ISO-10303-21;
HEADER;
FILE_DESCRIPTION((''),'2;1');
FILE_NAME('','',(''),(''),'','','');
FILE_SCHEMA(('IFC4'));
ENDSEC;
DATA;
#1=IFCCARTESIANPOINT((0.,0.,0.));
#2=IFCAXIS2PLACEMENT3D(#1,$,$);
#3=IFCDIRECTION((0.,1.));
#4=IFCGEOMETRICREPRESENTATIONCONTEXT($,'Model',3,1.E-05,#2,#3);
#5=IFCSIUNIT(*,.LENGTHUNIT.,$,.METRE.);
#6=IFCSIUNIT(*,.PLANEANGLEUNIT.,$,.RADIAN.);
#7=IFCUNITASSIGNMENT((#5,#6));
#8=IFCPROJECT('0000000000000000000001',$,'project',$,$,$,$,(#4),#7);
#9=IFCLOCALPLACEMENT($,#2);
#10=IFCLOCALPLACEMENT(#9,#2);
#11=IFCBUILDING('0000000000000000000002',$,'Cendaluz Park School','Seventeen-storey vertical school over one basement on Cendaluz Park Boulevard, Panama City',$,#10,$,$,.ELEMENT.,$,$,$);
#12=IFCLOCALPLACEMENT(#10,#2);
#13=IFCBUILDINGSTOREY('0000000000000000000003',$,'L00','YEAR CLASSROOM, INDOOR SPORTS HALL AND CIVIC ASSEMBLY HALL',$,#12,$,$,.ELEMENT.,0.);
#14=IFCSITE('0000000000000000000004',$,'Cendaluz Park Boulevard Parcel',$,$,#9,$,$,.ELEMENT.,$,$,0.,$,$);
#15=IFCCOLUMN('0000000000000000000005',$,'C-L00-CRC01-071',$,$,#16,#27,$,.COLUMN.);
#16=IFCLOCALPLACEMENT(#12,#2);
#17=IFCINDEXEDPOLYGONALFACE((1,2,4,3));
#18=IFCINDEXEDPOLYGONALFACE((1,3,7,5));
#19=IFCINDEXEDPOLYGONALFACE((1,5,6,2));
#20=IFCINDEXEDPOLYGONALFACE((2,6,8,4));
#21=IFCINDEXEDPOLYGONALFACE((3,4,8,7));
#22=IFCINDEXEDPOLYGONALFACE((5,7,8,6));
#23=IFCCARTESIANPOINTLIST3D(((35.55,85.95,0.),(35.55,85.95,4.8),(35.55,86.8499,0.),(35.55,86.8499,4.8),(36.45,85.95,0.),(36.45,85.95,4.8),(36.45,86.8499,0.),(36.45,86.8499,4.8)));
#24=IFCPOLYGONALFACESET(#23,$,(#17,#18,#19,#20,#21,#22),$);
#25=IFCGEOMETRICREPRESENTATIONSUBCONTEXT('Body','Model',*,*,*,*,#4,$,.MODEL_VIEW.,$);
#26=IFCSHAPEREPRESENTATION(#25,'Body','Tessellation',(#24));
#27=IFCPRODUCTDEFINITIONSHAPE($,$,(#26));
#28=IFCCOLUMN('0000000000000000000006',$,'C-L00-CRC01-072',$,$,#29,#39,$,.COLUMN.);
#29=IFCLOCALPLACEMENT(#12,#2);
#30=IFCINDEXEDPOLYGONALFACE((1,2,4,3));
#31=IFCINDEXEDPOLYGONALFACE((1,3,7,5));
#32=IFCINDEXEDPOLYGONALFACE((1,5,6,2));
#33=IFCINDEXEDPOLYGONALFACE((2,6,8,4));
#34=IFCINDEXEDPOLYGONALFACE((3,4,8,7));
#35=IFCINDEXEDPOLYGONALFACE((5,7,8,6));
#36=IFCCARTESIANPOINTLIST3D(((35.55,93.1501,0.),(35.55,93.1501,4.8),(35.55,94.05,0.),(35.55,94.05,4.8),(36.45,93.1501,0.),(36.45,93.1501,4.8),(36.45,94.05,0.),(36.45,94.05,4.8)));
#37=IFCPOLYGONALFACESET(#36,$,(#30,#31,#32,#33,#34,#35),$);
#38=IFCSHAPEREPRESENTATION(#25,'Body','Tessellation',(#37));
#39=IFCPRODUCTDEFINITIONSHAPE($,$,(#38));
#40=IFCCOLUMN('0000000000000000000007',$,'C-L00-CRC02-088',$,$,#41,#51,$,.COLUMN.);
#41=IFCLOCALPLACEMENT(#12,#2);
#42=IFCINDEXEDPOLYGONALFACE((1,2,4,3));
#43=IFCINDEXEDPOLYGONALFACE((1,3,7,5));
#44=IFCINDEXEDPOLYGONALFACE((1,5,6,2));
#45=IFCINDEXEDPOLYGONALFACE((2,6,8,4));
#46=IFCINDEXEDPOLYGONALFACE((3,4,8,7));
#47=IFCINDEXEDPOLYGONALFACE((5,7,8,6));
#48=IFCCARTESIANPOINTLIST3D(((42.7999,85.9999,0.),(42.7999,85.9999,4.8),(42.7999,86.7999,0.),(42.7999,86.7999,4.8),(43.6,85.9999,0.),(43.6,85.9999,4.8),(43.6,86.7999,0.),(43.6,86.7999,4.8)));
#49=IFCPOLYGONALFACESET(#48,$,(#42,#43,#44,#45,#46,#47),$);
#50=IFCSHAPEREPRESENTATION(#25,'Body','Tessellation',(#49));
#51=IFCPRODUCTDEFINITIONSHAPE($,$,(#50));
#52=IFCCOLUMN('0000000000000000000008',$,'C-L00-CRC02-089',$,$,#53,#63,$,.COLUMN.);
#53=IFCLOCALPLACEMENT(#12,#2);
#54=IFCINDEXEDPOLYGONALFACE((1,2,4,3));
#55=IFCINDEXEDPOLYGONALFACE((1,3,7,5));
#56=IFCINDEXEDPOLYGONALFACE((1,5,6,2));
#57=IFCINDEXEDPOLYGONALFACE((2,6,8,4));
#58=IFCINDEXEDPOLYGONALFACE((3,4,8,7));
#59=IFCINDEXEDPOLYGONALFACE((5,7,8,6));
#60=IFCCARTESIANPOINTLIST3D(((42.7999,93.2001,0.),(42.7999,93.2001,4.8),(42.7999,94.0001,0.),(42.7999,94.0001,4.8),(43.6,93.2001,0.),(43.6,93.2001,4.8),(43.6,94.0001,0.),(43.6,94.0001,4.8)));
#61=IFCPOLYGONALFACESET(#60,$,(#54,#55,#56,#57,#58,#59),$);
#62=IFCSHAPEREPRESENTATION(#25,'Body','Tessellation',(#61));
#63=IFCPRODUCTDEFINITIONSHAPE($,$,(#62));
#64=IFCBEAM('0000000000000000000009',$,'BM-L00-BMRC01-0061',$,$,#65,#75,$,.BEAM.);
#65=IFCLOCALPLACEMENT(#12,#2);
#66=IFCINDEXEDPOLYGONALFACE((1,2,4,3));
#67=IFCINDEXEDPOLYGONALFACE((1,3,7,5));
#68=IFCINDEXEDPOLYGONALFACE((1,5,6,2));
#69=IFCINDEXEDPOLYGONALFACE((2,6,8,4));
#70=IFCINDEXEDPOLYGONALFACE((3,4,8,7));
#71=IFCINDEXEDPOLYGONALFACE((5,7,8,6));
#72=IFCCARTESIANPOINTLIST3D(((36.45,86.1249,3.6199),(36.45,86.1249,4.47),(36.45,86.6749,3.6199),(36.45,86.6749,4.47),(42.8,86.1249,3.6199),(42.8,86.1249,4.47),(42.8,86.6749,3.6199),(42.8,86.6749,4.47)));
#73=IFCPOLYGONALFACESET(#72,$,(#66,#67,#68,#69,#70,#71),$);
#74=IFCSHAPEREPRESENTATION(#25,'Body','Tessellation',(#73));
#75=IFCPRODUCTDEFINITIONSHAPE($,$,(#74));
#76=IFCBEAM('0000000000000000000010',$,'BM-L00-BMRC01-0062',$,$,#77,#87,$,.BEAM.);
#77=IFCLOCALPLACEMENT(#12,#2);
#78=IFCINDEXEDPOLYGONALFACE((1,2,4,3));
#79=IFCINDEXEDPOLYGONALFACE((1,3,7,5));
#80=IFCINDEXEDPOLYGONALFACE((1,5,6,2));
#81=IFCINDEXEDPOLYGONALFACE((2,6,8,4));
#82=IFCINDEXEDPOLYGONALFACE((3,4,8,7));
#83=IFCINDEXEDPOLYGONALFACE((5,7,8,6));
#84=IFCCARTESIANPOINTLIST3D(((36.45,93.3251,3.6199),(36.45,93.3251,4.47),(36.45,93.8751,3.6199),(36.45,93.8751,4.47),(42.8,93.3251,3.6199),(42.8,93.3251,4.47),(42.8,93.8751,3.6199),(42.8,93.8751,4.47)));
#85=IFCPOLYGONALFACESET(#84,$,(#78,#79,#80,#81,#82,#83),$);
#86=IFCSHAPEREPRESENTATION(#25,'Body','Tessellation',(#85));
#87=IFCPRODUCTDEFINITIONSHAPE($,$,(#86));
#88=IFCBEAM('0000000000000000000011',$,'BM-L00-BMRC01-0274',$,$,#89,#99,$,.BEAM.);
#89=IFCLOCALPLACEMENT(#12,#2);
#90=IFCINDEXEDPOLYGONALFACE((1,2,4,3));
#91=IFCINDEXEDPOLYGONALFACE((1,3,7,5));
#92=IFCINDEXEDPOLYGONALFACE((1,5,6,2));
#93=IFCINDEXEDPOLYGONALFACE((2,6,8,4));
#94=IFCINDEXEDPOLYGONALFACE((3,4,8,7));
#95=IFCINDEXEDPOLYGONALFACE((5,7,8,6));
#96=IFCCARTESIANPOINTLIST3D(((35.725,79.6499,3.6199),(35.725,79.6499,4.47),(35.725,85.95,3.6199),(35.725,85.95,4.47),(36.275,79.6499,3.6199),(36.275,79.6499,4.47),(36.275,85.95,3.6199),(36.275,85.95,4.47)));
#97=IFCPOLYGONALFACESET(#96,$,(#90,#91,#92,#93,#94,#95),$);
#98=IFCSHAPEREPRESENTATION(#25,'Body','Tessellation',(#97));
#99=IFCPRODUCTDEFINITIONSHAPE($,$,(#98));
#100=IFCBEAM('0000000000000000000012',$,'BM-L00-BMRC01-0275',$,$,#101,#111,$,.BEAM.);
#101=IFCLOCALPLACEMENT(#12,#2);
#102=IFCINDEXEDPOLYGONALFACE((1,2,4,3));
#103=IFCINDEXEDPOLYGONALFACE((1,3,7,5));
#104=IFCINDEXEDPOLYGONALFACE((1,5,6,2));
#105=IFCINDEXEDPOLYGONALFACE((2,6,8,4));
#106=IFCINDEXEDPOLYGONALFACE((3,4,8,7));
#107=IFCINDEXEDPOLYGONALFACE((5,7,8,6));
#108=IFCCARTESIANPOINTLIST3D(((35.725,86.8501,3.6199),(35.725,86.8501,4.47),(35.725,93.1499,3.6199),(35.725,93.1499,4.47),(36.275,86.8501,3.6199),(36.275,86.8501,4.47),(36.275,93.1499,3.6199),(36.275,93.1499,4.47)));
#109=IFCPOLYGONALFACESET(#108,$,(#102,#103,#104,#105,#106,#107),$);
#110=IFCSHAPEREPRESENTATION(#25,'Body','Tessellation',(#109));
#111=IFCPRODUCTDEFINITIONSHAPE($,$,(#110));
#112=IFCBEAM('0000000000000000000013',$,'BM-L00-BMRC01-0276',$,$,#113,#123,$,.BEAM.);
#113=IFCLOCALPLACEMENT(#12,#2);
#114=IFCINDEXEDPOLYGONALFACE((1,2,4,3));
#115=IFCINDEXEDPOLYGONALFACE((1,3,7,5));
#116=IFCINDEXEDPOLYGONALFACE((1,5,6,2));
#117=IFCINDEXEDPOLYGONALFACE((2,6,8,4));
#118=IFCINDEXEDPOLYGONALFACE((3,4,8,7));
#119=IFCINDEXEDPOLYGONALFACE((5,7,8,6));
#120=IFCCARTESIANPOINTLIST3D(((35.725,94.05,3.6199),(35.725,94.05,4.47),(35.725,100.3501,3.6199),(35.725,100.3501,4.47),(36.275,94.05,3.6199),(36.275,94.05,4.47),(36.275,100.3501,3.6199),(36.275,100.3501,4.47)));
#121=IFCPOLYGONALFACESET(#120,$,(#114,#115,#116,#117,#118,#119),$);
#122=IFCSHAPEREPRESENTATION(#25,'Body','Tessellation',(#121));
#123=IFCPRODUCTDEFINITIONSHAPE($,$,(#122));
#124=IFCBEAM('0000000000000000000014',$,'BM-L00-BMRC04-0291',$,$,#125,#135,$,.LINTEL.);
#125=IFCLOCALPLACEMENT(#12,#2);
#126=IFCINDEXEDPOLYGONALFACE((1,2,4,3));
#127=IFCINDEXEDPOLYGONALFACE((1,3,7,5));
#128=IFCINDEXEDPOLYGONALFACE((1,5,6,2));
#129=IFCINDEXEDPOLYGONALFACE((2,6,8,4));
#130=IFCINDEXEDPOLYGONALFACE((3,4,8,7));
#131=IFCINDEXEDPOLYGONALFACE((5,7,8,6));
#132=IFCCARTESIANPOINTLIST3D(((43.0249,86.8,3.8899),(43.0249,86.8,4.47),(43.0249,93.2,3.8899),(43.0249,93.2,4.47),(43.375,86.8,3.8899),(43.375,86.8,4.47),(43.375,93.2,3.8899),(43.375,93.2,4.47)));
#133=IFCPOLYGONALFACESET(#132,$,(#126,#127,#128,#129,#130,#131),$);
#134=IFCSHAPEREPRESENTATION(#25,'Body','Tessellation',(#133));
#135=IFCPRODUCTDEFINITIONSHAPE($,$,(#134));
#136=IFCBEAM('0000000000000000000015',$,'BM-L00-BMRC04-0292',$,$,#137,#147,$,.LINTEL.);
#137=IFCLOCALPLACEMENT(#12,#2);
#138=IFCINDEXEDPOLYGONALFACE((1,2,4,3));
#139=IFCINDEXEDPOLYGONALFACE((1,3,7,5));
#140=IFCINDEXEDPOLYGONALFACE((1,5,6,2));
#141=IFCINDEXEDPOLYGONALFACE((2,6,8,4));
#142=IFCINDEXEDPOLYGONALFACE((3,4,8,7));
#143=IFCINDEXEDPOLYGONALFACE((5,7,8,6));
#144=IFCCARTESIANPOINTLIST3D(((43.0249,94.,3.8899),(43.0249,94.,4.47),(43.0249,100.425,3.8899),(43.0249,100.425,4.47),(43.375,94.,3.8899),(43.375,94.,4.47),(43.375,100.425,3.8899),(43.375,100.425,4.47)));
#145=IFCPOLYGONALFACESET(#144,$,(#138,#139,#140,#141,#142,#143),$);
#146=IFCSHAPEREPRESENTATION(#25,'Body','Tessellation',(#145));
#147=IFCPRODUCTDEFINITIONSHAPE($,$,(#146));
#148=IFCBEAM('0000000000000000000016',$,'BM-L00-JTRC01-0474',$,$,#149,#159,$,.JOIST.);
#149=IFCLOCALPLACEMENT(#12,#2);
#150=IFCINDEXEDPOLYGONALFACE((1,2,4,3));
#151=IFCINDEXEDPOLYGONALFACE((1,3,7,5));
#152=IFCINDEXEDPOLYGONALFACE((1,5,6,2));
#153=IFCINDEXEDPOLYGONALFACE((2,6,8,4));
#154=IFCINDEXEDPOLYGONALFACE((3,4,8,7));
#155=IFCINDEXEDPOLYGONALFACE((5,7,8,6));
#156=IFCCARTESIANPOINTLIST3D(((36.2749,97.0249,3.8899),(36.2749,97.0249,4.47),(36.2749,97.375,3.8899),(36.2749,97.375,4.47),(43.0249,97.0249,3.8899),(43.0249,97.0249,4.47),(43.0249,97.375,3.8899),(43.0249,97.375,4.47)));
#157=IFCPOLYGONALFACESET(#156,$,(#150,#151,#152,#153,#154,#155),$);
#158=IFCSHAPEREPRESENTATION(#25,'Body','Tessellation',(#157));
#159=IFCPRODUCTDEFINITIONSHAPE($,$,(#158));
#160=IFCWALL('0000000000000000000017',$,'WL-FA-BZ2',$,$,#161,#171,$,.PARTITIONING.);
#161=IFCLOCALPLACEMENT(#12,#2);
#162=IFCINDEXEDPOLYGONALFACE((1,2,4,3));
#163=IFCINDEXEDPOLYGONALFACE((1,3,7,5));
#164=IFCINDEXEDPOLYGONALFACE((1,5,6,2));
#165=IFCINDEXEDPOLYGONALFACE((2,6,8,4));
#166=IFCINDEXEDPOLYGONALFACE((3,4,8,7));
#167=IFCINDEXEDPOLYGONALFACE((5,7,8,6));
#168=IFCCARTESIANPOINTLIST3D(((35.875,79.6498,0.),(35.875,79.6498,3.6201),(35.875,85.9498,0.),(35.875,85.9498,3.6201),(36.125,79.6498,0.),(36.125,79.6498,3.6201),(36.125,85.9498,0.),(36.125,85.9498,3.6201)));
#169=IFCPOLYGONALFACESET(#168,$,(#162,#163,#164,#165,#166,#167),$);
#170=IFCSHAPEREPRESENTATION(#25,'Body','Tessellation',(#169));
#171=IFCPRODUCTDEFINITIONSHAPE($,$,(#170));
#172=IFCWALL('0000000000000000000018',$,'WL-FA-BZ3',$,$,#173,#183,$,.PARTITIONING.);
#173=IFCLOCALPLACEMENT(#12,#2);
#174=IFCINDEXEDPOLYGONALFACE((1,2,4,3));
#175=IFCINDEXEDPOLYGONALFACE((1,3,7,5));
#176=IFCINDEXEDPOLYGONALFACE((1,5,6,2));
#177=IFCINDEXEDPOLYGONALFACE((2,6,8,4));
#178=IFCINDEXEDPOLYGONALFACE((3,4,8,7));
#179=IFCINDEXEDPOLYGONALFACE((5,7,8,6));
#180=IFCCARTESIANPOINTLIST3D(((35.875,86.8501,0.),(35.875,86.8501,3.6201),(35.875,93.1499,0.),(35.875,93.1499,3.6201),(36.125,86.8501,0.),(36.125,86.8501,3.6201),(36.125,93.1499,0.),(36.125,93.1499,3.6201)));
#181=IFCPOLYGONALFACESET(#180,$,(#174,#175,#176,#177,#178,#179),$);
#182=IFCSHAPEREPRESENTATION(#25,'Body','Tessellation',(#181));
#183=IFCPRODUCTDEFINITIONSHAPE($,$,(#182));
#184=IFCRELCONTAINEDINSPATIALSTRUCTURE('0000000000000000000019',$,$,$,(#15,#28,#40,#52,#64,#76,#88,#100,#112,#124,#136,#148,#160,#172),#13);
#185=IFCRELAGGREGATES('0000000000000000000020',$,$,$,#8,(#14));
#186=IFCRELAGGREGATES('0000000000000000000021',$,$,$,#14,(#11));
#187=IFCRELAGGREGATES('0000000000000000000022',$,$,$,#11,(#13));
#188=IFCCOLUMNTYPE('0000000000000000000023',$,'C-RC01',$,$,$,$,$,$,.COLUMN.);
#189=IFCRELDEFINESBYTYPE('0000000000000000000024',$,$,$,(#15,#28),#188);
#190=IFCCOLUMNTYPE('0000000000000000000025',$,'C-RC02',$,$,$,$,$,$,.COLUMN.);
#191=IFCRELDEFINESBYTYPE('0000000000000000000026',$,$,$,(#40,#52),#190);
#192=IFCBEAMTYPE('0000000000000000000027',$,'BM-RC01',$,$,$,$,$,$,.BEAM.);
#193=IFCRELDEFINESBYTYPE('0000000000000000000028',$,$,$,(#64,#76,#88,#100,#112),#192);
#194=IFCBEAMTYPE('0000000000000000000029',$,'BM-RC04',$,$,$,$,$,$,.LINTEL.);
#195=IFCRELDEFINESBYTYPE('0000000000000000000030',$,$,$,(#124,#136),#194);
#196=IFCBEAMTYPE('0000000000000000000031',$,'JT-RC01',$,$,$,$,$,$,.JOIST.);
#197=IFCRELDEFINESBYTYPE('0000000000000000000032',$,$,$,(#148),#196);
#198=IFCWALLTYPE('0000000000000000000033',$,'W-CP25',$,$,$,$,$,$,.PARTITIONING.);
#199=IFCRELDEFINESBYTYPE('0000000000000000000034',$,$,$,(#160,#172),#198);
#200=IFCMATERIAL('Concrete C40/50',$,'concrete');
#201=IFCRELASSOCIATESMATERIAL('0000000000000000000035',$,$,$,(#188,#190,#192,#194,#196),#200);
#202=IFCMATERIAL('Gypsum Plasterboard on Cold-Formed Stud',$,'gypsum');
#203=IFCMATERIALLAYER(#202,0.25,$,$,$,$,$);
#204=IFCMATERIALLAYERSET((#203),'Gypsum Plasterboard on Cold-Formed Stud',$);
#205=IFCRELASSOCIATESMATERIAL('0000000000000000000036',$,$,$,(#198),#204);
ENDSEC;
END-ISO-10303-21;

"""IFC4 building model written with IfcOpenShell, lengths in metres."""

from ifc_helpers import new_model, si_unit, direction, frame, frame_2d, origin, origin_2d, place, context, subcontext, project, spatial, rectangle, extrude, material, layer, layer_set, material_profile, profile_set, type_object, element, save


model = new_model("IFC4")

# Units and contexts
model_context = context("Model", 3, precision=1e-05, world=origin(), true_north=direction((0.0, 1.0)))
body_context = subcontext(model_context, "Body", "Model", "MODEL_VIEW")
ifc_project = project(units=[si_unit("LENGTHUNIT", "METRE"), si_unit("PLANEANGLEUNIT", "RADIAN")], contexts=[model_context])

# Site, building, storey
site_placement = place(None, origin())
site = spatial("IfcSite", under=ifc_project, at=site_placement, Name="Cendaluz Park Boulevard Parcel", CompositionType="ELEMENT", RefElevation=0.0)
building_placement = place(site_placement, origin())
building = spatial("IfcBuilding", under=site, at=building_placement, Name="Cendaluz Park School", Description="Seventeen-storey vertical school over one basement on Cendaluz Park Boulevard, Panama City", CompositionType="ELEMENT")
storey_placement = place(building_placement, origin())
storey = spatial("IfcBuildingStorey", under=building, at=storey_placement, Name="L00", Description="YEAR CLASSROOM, INDOOR SPORTS HALL AND CIVIC ASSEMBLY HALL", CompositionType="ELEMENT", Elevation=0.0)

# Columns
ifc_material_1 = material(Name="Concrete C40/50", Category="concrete")
ifc_material_profile_1 = material_profile(ifc_material_1, rectangle(XDim=0.8999, YDim=0.8999, at=origin_2d()), Name="RC 900x900", Category="concrete")
ifc_profile_set_1 = profile_set([ifc_material_profile_1], Name="Concrete C40/50")
column_type_1 = type_object("IfcColumnType", Name="C-RC01", PredefinedType="COLUMN", material=ifc_profile_set_1)
for number, where, z_axis, x_axis, name in (
    (1, (36.0, 86.3999, 0.0), (0.0, 0.0, 1.0), (1.0, 0.0, 0.0), "C-L00-CRC01-071"),
    (2, (36.0, 93.6001, 0.0), (0.0, 0.0, 1.0), (1.0, 0.0, 0.0), "C-L00-CRC01-072"),
):
    element("IfcColumn", number, at=place(storey_placement, frame(where, z_axis=z_axis, x_axis=x_axis)), inside=storey, type_object=column_type_1, Name=name, PredefinedType="COLUMN", context=body_context, shape_type="SweptSolid", body=[
        extrude(rectangle(XDim=0.8999, YDim=0.8999, at=origin_2d()), origin(), (0.0, 0.0, 1.0), 4.8),
    ])
ifc_material_profile_2 = material_profile(ifc_material_1, rectangle(XDim=0.8, YDim=0.8, at=origin_2d()), Name="RC 800x800", Category="concrete")
ifc_profile_set_2 = profile_set([ifc_material_profile_2], Name="Concrete C40/50")
column_type_2 = type_object("IfcColumnType", Name="C-RC02", PredefinedType="COLUMN", material=ifc_profile_set_2)
for number, where, z_axis, x_axis, name in (
    (3, (43.2, 86.3999, 0.0), (0.0, 0.0, 1.0), (1.0, 0.0, 0.0), "C-L00-CRC02-088"),
    (4, (43.2, 93.6001, 0.0), (0.0, 0.0, 1.0), (1.0, 0.0, 0.0), "C-L00-CRC02-089"),
):
    element("IfcColumn", number, at=place(storey_placement, frame(where, z_axis=z_axis, x_axis=x_axis)), inside=storey, type_object=column_type_2, Name=name, PredefinedType="COLUMN", context=body_context, shape_type="SweptSolid", body=[
        extrude(rectangle(XDim=0.8, YDim=0.8, at=origin_2d()), origin(), (0.0, 0.0, 1.0), 4.8),
    ])

# Beams
ifc_material_profile_3 = material_profile(ifc_material_1, rectangle(XDim=0.55, YDim=0.8501, at=origin_2d()), Name="RC 550x850", Category="concrete")
ifc_profile_set_3 = profile_set([ifc_material_profile_3], Name="Concrete C40/50")
beam_type_1 = type_object("IfcBeamType", Name="BM-RC01", PredefinedType="BEAM", material=ifc_profile_set_3)
for number, where, z_axis, x_axis, name in (
    (5, (36.45, 86.3999, 4.0449), (1.0, 0.0, 0.0), (0.0, 1.0, 0.0), "BM-L00-BMRC01-0061"),
    (6, (36.45, 93.6001, 4.0449), (1.0, 0.0, 0.0), (0.0, 1.0, 0.0), "BM-L00-BMRC01-0062"),
):
    element("IfcBeam", number, at=place(storey_placement, frame(where, z_axis=z_axis, x_axis=x_axis)), inside=storey, type_object=beam_type_1, Name=name, PredefinedType="BEAM", context=body_context, shape_type="SweptSolid", body=[
        extrude(rectangle(XDim=0.55, YDim=0.8501, at=origin_2d()), origin(), (0.0, 0.0, 1.0), 6.3501),
    ])
beam_1_placement = place(storey_placement, frame((36.0, 79.6499, 4.0449), z_axis=(0.0, 1.0, 0.0), x_axis=(-1.0, 0.0, 0.0)))
element("IfcBeam", 7, at=beam_1_placement, inside=storey, type_object=beam_type_1, Name="BM-L00-BMRC01-0274", PredefinedType="BEAM", context=body_context, shape_type="SweptSolid", body=[
    extrude(rectangle(XDim=0.55, YDim=0.8501, at=origin_2d()), origin(), (0.0, 0.0, 1.0), 6.3),
])
beam_2_placement = place(storey_placement, frame((36.0, 86.8501, 4.0449), z_axis=(0.0, 1.0, 0.0), x_axis=(-1.0, 0.0, 0.0)))
element("IfcBeam", 8, at=beam_2_placement, inside=storey, type_object=beam_type_1, Name="BM-L00-BMRC01-0275", PredefinedType="BEAM", context=body_context, shape_type="SweptSolid", body=[
    extrude(rectangle(XDim=0.55, YDim=0.8501, at=origin_2d()), origin(), (0.0, 0.0, 1.0), 6.2998),
])
beam_3_placement = place(storey_placement, frame((36.0, 94.05, 4.0449), z_axis=(0.0, 1.0, 0.0), x_axis=(-1.0, 0.0, 0.0)))
element("IfcBeam", 9, at=beam_3_placement, inside=storey, type_object=beam_type_1, Name="BM-L00-BMRC01-0276", PredefinedType="BEAM", context=body_context, shape_type="SweptSolid", body=[
    extrude(rectangle(XDim=0.55, YDim=0.8501, at=origin_2d()), origin(), (0.0, 0.0, 1.0), 6.3),
])
ifc_material_profile_4 = material_profile(ifc_material_1, rectangle(XDim=0.3501, YDim=0.5801, at=origin_2d()), Name="RC 350x580", Category="concrete")
ifc_profile_set_4 = profile_set([ifc_material_profile_4], Name="Concrete C40/50")
beam_type_2 = type_object("IfcBeamType", Name="BM-RC04", PredefinedType="LINTEL", material=ifc_profile_set_4)
beam_4_placement = place(storey_placement, frame((43.2, 86.8, 4.1799), z_axis=(0.0, 1.0, 0.0), x_axis=(-1.0, 0.0, 0.0)))
element("IfcBeam", 10, at=beam_4_placement, inside=storey, type_object=beam_type_2, Name="BM-L00-BMRC04-0291", PredefinedType="LINTEL", context=body_context, shape_type="SweptSolid", body=[
    extrude(rectangle(XDim=0.3501, YDim=0.5801, at=origin_2d()), origin(), (0.0, 0.0, 1.0), 6.3999),
])
beam_5_placement = place(storey_placement, frame((43.2, 94.0, 4.1799), z_axis=(0.0, 1.0, 0.0), x_axis=(-1.0, 0.0, 0.0)))
element("IfcBeam", 11, at=beam_5_placement, inside=storey, type_object=beam_type_2, Name="BM-L00-BMRC04-0292", PredefinedType="LINTEL", context=body_context, shape_type="SweptSolid", body=[
    extrude(rectangle(XDim=0.3501, YDim=0.5801, at=origin_2d()), origin(), (0.0, 0.0, 1.0), 6.425),
])
ifc_material_profile_5 = material_profile(ifc_material_1, rectangle(XDim=0.3501, YDim=0.5801, at=origin_2d()), Name="RC 350x580", Category="concrete")
ifc_profile_set_5 = profile_set([ifc_material_profile_5], Name="Concrete C40/50")
beam_type_3 = type_object("IfcBeamType", Name="JT-RC01", PredefinedType="JOIST", material=ifc_profile_set_5)
beam_6_placement = place(storey_placement, frame((36.2749, 97.2, 4.1799), z_axis=(1.0, 0.0, 0.0), x_axis=(0.0, 1.0, 0.0)))
element("IfcBeam", 12, at=beam_6_placement, inside=storey, type_object=beam_type_3, Name="BM-L00-JTRC01-0474", PredefinedType="JOIST", context=body_context, shape_type="SweptSolid", body=[
    extrude(rectangle(XDim=0.3501, YDim=0.5801, at=origin_2d()), origin(), (0.0, 0.0, 1.0), 6.75),
])

# Walls
ifc_material_2 = material(Name="Gypsum Plasterboard on Cold-Formed Stud", Category="gypsum")
ifc_layer_1 = layer(ifc_material_2, 0.25)
ifc_layer_set_1 = layer_set([ifc_layer_1], Name="Gypsum Plasterboard on Cold-Formed Stud")
wall_type_1 = type_object("IfcWallType", Name="W-CP25", PredefinedType="PARTITIONING", material=ifc_layer_set_1)
wall_1_placement = place(storey_placement, frame((36.0, 79.6499, 0.0), z_axis=(0.0, 0.0, 1.0), x_axis=(0.0, 1.0, 0.0)))
element("IfcWall", 13, at=wall_1_placement, inside=storey, type_object=wall_type_1, Name="WL-FA-BZ2", PredefinedType="PARTITIONING", context=body_context, shape_type="SweptSolid", body=[
    extrude(rectangle(XDim=6.3, YDim=0.25, at=frame_2d((3.1499, 0.0))), origin(), (0.0, 0.0, 1.0), 3.6201),
])
wall_2_placement = place(storey_placement, frame((36.0, 86.8501, 0.0), z_axis=(0.0, 0.0, 1.0), x_axis=(0.0, 1.0, 0.0)))
element("IfcWall", 14, at=wall_2_placement, inside=storey, type_object=wall_type_1, Name="WL-FA-BZ3", PredefinedType="PARTITIONING", context=body_context, shape_type="SweptSolid", body=[
    extrude(rectangle(XDim=6.2998, YDim=0.25, at=frame_2d((3.1499, 0.0))), origin(), (0.0, 0.0, 1.0), 3.6201),
])

save(model, "model.ifc")
